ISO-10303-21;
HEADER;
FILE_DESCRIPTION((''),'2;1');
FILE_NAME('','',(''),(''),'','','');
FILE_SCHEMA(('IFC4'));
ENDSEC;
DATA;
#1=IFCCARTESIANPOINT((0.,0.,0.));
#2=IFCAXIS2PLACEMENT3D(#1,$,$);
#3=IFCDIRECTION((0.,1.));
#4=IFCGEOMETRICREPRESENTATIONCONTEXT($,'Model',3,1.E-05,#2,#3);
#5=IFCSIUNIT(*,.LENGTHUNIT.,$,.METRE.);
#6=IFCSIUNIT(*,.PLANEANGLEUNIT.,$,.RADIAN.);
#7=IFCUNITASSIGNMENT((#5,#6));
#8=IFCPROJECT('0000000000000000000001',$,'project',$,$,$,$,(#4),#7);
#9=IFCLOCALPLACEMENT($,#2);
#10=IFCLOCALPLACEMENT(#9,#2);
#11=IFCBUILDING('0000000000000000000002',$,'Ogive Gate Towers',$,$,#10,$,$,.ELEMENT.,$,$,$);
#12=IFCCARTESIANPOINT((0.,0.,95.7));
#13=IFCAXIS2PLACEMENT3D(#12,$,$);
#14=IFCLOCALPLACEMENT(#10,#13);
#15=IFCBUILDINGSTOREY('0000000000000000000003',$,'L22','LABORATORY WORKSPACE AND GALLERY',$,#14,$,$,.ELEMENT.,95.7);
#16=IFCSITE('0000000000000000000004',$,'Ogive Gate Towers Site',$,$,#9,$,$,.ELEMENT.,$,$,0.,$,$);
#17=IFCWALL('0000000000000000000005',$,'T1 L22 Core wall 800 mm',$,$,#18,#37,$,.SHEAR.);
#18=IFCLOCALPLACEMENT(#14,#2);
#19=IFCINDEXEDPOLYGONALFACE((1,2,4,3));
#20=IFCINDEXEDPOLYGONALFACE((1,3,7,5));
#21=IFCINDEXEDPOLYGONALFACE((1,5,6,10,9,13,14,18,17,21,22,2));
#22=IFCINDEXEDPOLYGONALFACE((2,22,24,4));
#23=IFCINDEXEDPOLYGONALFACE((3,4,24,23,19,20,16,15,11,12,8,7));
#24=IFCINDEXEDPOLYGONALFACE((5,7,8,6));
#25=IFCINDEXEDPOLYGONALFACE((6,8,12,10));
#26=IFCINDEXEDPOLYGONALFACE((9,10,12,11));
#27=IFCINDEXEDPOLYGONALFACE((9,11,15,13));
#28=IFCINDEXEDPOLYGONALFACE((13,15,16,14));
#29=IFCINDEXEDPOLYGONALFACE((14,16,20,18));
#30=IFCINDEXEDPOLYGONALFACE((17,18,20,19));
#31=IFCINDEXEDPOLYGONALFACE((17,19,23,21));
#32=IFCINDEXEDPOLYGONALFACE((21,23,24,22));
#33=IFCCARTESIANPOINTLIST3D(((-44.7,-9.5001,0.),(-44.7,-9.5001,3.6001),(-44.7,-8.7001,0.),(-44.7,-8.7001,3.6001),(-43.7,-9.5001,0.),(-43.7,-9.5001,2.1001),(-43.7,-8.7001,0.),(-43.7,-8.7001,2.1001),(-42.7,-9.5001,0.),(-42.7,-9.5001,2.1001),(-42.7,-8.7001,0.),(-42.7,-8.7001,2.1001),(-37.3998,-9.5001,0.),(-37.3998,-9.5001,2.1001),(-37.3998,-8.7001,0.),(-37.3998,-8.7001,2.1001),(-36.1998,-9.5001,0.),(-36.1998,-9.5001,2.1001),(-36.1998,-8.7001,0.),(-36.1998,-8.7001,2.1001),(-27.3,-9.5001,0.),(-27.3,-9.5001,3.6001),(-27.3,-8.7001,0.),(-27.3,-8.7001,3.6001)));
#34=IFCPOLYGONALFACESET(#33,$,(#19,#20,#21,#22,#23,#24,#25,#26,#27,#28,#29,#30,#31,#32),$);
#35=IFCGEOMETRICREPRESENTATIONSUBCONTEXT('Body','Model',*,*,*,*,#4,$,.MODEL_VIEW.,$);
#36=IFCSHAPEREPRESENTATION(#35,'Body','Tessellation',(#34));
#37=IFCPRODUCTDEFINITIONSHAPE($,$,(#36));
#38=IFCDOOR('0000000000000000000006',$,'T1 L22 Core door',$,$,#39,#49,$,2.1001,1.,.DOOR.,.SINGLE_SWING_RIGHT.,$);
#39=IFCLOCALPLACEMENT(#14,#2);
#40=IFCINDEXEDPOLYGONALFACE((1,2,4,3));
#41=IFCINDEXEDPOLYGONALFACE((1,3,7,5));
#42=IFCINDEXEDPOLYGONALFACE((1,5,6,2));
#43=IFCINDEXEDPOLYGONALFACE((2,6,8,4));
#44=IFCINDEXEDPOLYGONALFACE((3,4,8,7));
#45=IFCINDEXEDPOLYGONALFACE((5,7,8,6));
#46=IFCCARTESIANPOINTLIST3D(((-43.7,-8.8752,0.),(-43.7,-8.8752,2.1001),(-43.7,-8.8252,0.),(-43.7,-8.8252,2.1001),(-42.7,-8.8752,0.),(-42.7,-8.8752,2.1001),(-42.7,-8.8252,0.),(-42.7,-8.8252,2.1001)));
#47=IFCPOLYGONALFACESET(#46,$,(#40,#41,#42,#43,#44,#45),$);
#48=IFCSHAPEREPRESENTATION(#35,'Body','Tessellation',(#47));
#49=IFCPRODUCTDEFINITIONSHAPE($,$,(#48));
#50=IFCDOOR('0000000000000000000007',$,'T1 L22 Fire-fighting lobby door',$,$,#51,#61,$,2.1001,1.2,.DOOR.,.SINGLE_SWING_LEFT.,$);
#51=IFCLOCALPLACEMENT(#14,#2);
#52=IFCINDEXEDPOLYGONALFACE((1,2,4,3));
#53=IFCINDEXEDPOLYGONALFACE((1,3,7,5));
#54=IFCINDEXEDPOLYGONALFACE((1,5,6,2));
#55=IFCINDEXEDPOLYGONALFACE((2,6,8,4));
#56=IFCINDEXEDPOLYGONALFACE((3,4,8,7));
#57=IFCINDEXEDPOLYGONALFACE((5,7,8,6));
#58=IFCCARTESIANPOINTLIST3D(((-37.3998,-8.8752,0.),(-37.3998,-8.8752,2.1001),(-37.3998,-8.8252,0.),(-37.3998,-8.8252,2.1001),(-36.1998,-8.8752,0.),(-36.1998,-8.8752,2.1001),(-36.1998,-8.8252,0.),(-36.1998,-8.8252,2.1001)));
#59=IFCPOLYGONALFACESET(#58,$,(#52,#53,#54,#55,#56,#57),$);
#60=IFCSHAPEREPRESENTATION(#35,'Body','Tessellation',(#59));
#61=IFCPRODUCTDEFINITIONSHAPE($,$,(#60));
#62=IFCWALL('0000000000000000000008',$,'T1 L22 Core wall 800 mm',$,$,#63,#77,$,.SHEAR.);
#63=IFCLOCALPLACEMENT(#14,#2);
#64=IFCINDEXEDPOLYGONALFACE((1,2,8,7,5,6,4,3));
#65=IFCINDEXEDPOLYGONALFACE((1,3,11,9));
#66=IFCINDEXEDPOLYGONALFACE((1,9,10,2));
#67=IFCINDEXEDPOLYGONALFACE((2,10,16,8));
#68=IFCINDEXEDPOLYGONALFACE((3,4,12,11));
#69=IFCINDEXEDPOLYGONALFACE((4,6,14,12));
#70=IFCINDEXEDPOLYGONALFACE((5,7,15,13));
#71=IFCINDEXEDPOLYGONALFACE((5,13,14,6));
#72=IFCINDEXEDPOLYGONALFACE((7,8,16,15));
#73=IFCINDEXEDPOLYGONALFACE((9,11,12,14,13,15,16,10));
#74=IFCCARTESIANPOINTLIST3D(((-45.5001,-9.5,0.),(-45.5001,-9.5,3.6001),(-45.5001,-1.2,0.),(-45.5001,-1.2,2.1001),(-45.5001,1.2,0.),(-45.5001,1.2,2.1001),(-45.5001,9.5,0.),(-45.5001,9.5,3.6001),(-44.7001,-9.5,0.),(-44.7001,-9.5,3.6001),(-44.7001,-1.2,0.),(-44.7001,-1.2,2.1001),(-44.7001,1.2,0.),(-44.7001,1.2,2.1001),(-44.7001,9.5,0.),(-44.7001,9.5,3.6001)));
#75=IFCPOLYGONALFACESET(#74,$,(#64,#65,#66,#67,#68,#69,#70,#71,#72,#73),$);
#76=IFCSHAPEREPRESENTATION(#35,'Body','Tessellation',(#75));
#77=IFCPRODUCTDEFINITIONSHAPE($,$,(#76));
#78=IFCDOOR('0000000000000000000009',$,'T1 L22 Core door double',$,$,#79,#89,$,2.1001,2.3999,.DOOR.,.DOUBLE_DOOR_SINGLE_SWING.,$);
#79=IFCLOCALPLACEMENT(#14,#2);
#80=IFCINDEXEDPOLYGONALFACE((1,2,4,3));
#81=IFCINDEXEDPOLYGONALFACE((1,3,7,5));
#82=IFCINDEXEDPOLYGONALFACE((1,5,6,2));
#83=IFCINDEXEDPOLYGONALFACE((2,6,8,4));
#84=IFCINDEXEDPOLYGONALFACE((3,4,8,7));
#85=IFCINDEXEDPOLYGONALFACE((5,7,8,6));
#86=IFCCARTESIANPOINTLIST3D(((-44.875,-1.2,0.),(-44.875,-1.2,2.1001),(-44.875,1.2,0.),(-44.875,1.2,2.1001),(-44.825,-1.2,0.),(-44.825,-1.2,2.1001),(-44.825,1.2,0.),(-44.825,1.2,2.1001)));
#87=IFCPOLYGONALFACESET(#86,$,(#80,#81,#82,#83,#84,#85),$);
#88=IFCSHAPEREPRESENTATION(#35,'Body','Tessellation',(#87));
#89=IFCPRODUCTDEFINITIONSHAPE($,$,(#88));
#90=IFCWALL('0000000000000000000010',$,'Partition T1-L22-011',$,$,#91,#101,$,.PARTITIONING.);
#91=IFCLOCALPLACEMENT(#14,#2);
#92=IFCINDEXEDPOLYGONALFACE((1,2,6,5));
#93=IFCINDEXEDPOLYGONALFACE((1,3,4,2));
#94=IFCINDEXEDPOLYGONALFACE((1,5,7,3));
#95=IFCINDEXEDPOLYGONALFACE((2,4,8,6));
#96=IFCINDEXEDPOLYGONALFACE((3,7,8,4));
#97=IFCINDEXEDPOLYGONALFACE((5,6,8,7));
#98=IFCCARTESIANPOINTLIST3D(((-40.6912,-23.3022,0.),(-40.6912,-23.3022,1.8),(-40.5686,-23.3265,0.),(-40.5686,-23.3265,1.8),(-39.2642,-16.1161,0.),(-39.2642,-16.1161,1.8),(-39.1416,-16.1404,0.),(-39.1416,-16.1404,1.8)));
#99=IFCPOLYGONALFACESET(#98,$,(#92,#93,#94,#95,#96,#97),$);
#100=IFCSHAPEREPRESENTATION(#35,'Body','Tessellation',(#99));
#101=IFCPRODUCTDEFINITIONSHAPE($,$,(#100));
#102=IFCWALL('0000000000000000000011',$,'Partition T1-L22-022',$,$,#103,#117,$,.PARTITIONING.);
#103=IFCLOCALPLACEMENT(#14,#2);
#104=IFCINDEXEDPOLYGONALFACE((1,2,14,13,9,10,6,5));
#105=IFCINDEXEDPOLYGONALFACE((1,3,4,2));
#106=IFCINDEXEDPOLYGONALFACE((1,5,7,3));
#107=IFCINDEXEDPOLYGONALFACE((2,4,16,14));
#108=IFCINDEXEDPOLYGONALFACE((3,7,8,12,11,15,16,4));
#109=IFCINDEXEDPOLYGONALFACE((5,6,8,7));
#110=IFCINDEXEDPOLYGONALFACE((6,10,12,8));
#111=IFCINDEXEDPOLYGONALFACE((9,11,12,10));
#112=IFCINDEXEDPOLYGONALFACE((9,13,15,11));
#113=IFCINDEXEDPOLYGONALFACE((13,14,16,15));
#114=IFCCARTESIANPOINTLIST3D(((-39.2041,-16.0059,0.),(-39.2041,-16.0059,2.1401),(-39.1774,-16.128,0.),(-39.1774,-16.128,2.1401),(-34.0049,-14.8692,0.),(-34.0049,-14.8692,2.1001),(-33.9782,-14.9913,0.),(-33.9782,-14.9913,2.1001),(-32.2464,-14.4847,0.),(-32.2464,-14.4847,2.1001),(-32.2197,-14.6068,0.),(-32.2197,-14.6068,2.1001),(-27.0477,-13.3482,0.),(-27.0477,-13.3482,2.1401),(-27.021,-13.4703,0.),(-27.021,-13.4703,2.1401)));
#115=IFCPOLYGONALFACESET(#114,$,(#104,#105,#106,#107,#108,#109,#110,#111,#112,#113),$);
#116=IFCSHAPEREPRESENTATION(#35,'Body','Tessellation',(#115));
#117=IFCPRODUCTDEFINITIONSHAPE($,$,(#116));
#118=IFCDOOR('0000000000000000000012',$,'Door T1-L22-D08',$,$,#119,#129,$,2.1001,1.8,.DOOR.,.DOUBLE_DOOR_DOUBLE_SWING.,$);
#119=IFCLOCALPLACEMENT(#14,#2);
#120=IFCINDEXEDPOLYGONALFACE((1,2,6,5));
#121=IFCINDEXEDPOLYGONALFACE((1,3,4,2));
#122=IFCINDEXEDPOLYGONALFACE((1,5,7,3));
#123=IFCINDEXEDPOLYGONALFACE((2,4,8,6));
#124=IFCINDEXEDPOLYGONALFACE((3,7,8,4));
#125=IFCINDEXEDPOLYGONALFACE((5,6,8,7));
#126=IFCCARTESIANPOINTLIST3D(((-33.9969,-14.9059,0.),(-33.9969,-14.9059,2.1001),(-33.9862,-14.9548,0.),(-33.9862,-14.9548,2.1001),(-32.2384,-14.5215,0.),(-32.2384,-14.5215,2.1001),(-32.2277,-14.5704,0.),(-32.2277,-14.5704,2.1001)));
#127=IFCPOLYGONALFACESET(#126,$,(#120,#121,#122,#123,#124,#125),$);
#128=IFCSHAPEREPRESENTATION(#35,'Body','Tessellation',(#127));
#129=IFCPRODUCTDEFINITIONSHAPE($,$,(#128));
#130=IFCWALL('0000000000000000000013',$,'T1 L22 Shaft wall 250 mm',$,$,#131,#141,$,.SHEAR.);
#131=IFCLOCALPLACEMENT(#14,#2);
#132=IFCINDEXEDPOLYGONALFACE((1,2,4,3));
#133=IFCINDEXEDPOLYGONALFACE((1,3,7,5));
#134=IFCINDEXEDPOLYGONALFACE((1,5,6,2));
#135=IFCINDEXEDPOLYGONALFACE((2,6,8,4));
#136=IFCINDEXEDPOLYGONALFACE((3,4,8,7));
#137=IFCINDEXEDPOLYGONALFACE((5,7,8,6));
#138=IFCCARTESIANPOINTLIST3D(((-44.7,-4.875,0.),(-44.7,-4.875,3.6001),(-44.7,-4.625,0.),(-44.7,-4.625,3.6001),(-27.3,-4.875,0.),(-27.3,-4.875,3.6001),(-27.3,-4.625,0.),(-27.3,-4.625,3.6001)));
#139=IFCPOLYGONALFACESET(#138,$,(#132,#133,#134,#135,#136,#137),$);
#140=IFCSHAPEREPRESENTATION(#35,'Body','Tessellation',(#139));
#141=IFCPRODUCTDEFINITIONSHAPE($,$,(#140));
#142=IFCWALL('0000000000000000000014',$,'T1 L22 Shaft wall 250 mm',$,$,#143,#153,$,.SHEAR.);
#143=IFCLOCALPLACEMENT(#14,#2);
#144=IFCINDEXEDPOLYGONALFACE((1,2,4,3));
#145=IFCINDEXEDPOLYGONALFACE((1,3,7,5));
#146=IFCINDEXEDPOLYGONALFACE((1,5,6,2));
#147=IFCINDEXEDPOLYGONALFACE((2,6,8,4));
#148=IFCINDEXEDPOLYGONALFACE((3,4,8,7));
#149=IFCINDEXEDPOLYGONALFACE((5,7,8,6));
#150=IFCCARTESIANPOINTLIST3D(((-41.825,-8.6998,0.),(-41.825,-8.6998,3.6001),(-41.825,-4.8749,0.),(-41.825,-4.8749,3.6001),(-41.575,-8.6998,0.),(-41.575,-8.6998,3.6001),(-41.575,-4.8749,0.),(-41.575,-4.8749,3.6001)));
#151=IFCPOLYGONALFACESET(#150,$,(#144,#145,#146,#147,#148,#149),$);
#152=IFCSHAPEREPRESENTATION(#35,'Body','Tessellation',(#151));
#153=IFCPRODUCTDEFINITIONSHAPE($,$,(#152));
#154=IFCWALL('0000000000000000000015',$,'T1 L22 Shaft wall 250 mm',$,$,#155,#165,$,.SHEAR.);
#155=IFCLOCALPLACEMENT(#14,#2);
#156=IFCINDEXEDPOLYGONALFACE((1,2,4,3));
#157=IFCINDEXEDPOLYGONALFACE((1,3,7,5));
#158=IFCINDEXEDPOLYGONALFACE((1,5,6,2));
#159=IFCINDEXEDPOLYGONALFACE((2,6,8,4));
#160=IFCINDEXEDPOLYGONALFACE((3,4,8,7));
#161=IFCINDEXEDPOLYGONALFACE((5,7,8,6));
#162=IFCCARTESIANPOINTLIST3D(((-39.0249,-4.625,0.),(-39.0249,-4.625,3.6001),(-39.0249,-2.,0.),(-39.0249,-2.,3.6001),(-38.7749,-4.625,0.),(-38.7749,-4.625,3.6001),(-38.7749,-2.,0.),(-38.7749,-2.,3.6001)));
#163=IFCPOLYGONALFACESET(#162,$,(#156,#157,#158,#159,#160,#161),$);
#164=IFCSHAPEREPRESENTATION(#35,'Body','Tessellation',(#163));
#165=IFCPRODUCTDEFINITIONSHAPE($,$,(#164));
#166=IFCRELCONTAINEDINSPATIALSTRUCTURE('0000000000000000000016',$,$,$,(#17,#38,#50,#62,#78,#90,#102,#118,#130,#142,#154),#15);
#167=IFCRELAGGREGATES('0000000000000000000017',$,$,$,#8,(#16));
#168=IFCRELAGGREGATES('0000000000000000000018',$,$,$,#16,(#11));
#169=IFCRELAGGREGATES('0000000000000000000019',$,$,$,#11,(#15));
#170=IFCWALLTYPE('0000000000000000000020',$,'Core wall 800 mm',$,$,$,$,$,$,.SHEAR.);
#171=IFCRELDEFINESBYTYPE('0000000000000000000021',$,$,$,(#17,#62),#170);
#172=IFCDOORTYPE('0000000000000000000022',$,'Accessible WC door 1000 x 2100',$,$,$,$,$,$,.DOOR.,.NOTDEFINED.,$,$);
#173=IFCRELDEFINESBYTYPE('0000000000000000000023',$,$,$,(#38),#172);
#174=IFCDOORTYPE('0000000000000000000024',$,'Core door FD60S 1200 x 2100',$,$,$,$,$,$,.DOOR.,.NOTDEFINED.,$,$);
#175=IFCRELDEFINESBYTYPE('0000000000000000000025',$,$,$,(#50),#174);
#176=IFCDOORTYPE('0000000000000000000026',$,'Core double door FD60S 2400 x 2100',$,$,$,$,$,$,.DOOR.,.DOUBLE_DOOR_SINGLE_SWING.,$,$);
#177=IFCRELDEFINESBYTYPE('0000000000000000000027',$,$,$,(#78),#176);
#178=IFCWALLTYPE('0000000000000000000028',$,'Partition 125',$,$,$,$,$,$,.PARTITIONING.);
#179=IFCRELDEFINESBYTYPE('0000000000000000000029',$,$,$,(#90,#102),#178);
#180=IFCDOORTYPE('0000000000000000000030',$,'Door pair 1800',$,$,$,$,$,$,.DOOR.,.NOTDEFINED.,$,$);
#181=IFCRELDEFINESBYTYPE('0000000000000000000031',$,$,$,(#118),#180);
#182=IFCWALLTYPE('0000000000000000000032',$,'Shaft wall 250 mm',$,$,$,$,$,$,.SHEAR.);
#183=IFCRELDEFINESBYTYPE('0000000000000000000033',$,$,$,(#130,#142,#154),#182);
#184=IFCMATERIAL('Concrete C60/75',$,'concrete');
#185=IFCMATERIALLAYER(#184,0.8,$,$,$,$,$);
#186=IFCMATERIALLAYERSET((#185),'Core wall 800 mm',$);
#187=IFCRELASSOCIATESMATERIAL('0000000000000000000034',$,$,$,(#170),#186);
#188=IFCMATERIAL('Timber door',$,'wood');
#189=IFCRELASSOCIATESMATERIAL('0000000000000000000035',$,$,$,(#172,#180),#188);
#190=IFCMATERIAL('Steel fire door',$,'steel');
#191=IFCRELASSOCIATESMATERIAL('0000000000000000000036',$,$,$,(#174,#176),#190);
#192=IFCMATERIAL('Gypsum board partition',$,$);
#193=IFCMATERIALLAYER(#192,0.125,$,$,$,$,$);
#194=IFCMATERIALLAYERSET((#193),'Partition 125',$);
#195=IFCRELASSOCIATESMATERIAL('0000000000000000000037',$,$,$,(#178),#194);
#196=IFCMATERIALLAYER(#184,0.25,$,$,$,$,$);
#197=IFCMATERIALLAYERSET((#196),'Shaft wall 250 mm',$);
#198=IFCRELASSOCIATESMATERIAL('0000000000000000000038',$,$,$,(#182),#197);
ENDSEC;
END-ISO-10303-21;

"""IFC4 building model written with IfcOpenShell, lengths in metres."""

from ifc_helpers import new_model, si_unit, direction, frame, frame_2d, origin, place, context, subcontext, project, spatial, rectangle, extrude, material, layer, layer_set, type_object, element, fill, save


model = new_model("IFC4")

# Units and contexts
model_context = context("Model", 3, precision=1e-05, world=origin(), true_north=direction((0.0, 1.0)))
body_context = subcontext(model_context, "Body", "Model", "MODEL_VIEW")
ifc_project = project(units=[si_unit("LENGTHUNIT", "METRE"), si_unit("PLANEANGLEUNIT", "RADIAN")], contexts=[model_context])

# Site, building, storey
site_placement = place(None, origin())
site = spatial("IfcSite", under=ifc_project, at=site_placement, Name="Ogive Gate Towers Site", CompositionType="ELEMENT", RefElevation=0.0)
building_placement = place(site_placement, origin())
building = spatial("IfcBuilding", under=site, at=building_placement, Name="Ogive Gate Towers", CompositionType="ELEMENT")
storey_placement = place(building_placement, frame((0.0, 0.0, 95.7)))
storey = spatial("IfcBuildingStorey", under=building, at=storey_placement, Name="L22", Description="LABORATORY WORKSPACE AND GALLERY", CompositionType="ELEMENT", Elevation=95.7)

# Wall, openings, doors
ifc_material_1 = material(Name="Concrete C60/75", Category="concrete")
ifc_layer_1 = layer(ifc_material_1, 0.8)
ifc_layer_set_1 = layer_set([ifc_layer_1], Name="Core wall 800 mm")
wall_type_1 = type_object("IfcWallType", Name="Core wall 800 mm", PredefinedType="SHEAR", material=ifc_layer_set_1)
wall_1_placement = place(storey_placement, frame((-44.7, -9.1001, 0.0), z_axis=(0.0, 0.0, 1.0), x_axis=(1.0, 0.0, 0.0)))
wall_1 = element("IfcWall", 1, at=wall_1_placement, inside=storey, type_object=wall_type_1, Name="T1 L22 Core wall 800 mm", PredefinedType="SHEAR", context=body_context, shape_type="SweptSolid", body=[
    extrude(rectangle(XDim=17.3999, YDim=0.8, at=frame_2d((8.7, 0.0))), origin(), (0.0, 0.0, 1.0), 3.6001),
])
opening_1_placement = place(wall_1_placement, frame((7.3, 0.0, 0.0)))
opening_1 = element("IfcOpeningElement", 2, at=opening_1_placement, cuts=wall_1, PredefinedType="OPENING", context=body_context, shape_type="SweptSolid", body=[
    extrude(rectangle(XDim=1.2, YDim=2.1001, at=frame_2d((0.6001, 1.05))), frame((0.0, 0.4102, 0.0), z_axis=(0.0, -1.0, 0.0), x_axis=(1.0, 0.0, 0.0)), (0.0, 0.0, 1.0), 0.8201),
])
opening_2_placement = place(wall_1_placement, frame((1.0, 0.0, 0.0)))
opening_2 = element("IfcOpeningElement", 3, at=opening_2_placement, cuts=wall_1, PredefinedType="OPENING", context=body_context, shape_type="SweptSolid", body=[
    extrude(rectangle(XDim=1.0, YDim=2.1001, at=frame_2d((0.5, 1.05))), frame((0.0, 0.4102, 0.0), z_axis=(0.0, -1.0, 0.0), x_axis=(1.0, 0.0, 0.0)), (0.0, 0.0, 1.0), 0.8201),
])
ifc_material_2 = material(Name="Timber door", Category="wood")
door_type_1 = type_object("IfcDoorType", Name="Accessible WC door 1000 x 2100", OperationType="NOTDEFINED", PredefinedType="DOOR", material=ifc_material_2)
door_1_placement = place(opening_2_placement, origin())
door_1 = element("IfcDoor", 4, at=door_1_placement, inside=storey, type_object=door_type_1, Name="T1 L22 Core door", OperationType="SINGLE_SWING_RIGHT", OverallHeight=2.1001, OverallWidth=1.0, PredefinedType="DOOR", context=body_context, shape_type="SweptSolid", body=[
    extrude(rectangle(XDim=1.0, YDim=2.1001, at=frame_2d((0.5, 1.05))), frame((0.0, 0.2749, 0.0), z_axis=(0.0, -1.0, 0.0), x_axis=(1.0, 0.0, 0.0)), (0.0, 0.0, 1.0), 0.05),
])
fill(opening_2, door_1)
ifc_material_3 = material(Name="Steel fire door", Category="steel")
door_type_2 = type_object("IfcDoorType", Name="Core door FD60S 1200 x 2100", OperationType="NOTDEFINED", PredefinedType="DOOR", material=ifc_material_3)
door_2_placement = place(opening_1_placement, origin())
door_2 = element("IfcDoor", 5, at=door_2_placement, inside=storey, type_object=door_type_2, Name="T1 L22 Fire-fighting lobby door", OperationType="SINGLE_SWING_LEFT", OverallHeight=2.1001, OverallWidth=1.2, PredefinedType="DOOR", context=body_context, shape_type="SweptSolid", body=[
    extrude(rectangle(XDim=1.2, YDim=2.1001, at=frame_2d((0.6001, 1.05))), frame((0.0, 0.2749, 0.0), z_axis=(0.0, -1.0, 0.0), x_axis=(1.0, 0.0, 0.0)), (0.0, 0.0, 1.0), 0.05),
])
fill(opening_1, door_2)

# Wall, opening, door
wall_2_placement = place(storey_placement, frame((-45.1001, -9.5, 0.0), z_axis=(0.0, 0.0, 1.0), x_axis=(0.0, 1.0, 0.0)))
wall_2 = element("IfcWall", 6, at=wall_2_placement, inside=storey, type_object=wall_type_1, Name="T1 L22 Core wall 800 mm", PredefinedType="SHEAR", context=body_context, shape_type="SweptSolid", body=[
    extrude(rectangle(XDim=19.0, YDim=0.8, at=frame_2d((9.5, 0.0))), origin(), (0.0, 0.0, 1.0), 3.6001),
])
opening_3_placement = place(wall_2_placement, frame((8.3, 0.0, 0.0)))
opening_3 = element("IfcOpeningElement", 7, at=opening_3_placement, cuts=wall_2, PredefinedType="OPENING", context=body_context, shape_type="SweptSolid", body=[
    extrude(rectangle(XDim=2.3999, YDim=2.1001, at=frame_2d((1.2, 1.05))), frame((0.0, 0.4102, 0.0), z_axis=(0.0, -1.0, 0.0), x_axis=(1.0, 0.0, 0.0)), (0.0, 0.0, 1.0), 0.8201),
])
door_type_3 = type_object("IfcDoorType", Name="Core double door FD60S 2400 x 2100", OperationType="DOUBLE_DOOR_SINGLE_SWING", PredefinedType="DOOR", material=ifc_material_3)
door_3_placement = place(opening_3_placement, origin())
door_3 = element("IfcDoor", 8, at=door_3_placement, inside=storey, type_object=door_type_3, Name="T1 L22 Core door double", OperationType="DOUBLE_DOOR_SINGLE_SWING", OverallHeight=2.1001, OverallWidth=2.3999, PredefinedType="DOOR", context=body_context, shape_type="SweptSolid", body=[
    extrude(rectangle(XDim=2.3999, YDim=2.1001, at=frame_2d((1.2, 1.05))), frame((0.0, -0.2251, 0.0), z_axis=(0.0, -1.0, 0.0), x_axis=(1.0, 0.0, 0.0)), (0.0, 0.0, 1.0), 0.05),
])
fill(opening_3, door_3)

# Wall
ifc_material_4 = material(Name="Gypsum board partition")
ifc_layer_2 = layer(ifc_material_4, 0.125)
ifc_layer_set_2 = layer_set([ifc_layer_2], Name="Partition 125")
wall_type_2 = type_object("IfcWallType", Name="Partition 125", PredefinedType="PARTITIONING", material=ifc_layer_set_2)
wall_3_placement = place(storey_placement, frame((-40.6299, -23.3142, 0.0), z_axis=(0.0, 0.0, 1.0), x_axis=(0.194777, 0.980848, 0.0)))
element("IfcWall", 9, at=wall_3_placement, inside=storey, type_object=wall_type_2, Name="Partition T1-L22-011", PredefinedType="PARTITIONING", context=body_context, shape_type="SweptSolid", body=[
    extrude(rectangle(XDim=7.3264, YDim=0.125, at=frame_2d((3.6631, 0.0))), origin(), (0.0, 0.0, 1.0), 1.8),
])

# Wall, opening, door
wall_4_placement = place(storey_placement, frame((-39.1907, -16.0669, 0.0), z_axis=(0.0, 0.0, 1.0), x_axis=(0.976925, 0.21358, 0.0)))
wall_4 = element("IfcWall", 10, at=wall_4_placement, inside=storey, type_object=wall_type_2, Name="Partition T1-L22-022", PredefinedType="PARTITIONING", context=body_context, shape_type="SweptSolid", body=[
    extrude(rectangle(XDim=12.4436, YDim=0.125, at=frame_2d((6.2217, 0.0))), origin(), (0.0, 0.0, 1.0), 2.1401),
])
opening_4_placement = place(wall_4_placement, frame((5.322, 0.0, 0.0)))
opening_4 = element("IfcOpeningElement", 11, at=opening_4_placement, cuts=wall_4, PredefinedType="OPENING", context=body_context, shape_type="SweptSolid", body=[
    extrude(rectangle(XDim=1.8, YDim=2.1001, at=frame_2d((0.8999, 1.05))), frame((0.0, 0.0725, 0.0), z_axis=(0.0, -1.0, 0.0), x_axis=(1.0, 0.0, 0.0)), (0.0, 0.0, 1.0), 0.145),
])
door_type_4 = type_object("IfcDoorType", Name="Door pair 1800", OperationType="NOTDEFINED", PredefinedType="DOOR", material=ifc_material_2)
door_4_placement = place(opening_4_placement, origin())
door_4 = element("IfcDoor", 12, at=door_4_placement, inside=storey, type_object=door_type_4, Name="Door T1-L22-D08", OperationType="DOUBLE_DOOR_DOUBLE_SWING", OverallHeight=2.1001, OverallWidth=1.8, PredefinedType="DOOR", context=body_context, shape_type="SweptSolid", body=[
    extrude(rectangle(XDim=1.8, YDim=2.1001, at=frame_2d((0.8999, 1.05))), frame((0.0, 0.0249, 0.0), z_axis=(0.0, -1.0, 0.0), x_axis=(1.0, 0.0, 0.0)), (0.0, 0.0, 1.0), 0.05),
])
fill(opening_4, door_4)

# Walls
ifc_layer_3 = layer(ifc_material_1, 0.25)
ifc_layer_set_3 = layer_set([ifc_layer_3], Name="Shaft wall 250 mm")
wall_type_3 = type_object("IfcWallType", Name="Shaft wall 250 mm", PredefinedType="SHEAR", material=ifc_layer_set_3)
wall_5_placement = place(storey_placement, frame((-44.7, -4.75, 0.0), z_axis=(0.0, 0.0, 1.0), x_axis=(1.0, 0.0, 0.0)))
element("IfcWall", 13, at=wall_5_placement, inside=storey, type_object=wall_type_3, Name="T1 L22 Shaft wall 250 mm", PredefinedType="SHEAR", context=body_context, shape_type="SweptSolid", body=[
    extrude(rectangle(XDim=17.3999, YDim=0.25, at=frame_2d((8.7, 0.0))), origin(), (0.0, 0.0, 1.0), 3.6001),
])
wall_6_placement = place(storey_placement, frame((-41.7, -8.7, 0.0), z_axis=(0.0, 0.0, 1.0), x_axis=(0.0, 1.0, 0.0)))
element("IfcWall", 14, at=wall_6_placement, inside=storey, type_object=wall_type_3, Name="T1 L22 Shaft wall 250 mm", PredefinedType="SHEAR", context=body_context, shape_type="SweptSolid", body=[
    extrude(rectangle(XDim=3.825, YDim=0.25, at=frame_2d((1.9126, 0.0))), origin(), (0.0, 0.0, 1.0), 3.6001),
])
wall_7_placement = place(storey_placement, frame((-38.8999, -4.625, 0.0), z_axis=(0.0, 0.0, 1.0), x_axis=(0.0, 1.0, 0.0)))
element("IfcWall", 15, at=wall_7_placement, inside=storey, type_object=wall_type_3, Name="T1 L22 Shaft wall 250 mm", PredefinedType="SHEAR", context=body_context, shape_type="SweptSolid", body=[
    extrude(rectangle(XDim=2.625, YDim=0.25, at=frame_2d((1.3125, 0.0))), origin(), (0.0, 0.0, 1.0), 3.6001),
])

save(model, "model.ifc")
